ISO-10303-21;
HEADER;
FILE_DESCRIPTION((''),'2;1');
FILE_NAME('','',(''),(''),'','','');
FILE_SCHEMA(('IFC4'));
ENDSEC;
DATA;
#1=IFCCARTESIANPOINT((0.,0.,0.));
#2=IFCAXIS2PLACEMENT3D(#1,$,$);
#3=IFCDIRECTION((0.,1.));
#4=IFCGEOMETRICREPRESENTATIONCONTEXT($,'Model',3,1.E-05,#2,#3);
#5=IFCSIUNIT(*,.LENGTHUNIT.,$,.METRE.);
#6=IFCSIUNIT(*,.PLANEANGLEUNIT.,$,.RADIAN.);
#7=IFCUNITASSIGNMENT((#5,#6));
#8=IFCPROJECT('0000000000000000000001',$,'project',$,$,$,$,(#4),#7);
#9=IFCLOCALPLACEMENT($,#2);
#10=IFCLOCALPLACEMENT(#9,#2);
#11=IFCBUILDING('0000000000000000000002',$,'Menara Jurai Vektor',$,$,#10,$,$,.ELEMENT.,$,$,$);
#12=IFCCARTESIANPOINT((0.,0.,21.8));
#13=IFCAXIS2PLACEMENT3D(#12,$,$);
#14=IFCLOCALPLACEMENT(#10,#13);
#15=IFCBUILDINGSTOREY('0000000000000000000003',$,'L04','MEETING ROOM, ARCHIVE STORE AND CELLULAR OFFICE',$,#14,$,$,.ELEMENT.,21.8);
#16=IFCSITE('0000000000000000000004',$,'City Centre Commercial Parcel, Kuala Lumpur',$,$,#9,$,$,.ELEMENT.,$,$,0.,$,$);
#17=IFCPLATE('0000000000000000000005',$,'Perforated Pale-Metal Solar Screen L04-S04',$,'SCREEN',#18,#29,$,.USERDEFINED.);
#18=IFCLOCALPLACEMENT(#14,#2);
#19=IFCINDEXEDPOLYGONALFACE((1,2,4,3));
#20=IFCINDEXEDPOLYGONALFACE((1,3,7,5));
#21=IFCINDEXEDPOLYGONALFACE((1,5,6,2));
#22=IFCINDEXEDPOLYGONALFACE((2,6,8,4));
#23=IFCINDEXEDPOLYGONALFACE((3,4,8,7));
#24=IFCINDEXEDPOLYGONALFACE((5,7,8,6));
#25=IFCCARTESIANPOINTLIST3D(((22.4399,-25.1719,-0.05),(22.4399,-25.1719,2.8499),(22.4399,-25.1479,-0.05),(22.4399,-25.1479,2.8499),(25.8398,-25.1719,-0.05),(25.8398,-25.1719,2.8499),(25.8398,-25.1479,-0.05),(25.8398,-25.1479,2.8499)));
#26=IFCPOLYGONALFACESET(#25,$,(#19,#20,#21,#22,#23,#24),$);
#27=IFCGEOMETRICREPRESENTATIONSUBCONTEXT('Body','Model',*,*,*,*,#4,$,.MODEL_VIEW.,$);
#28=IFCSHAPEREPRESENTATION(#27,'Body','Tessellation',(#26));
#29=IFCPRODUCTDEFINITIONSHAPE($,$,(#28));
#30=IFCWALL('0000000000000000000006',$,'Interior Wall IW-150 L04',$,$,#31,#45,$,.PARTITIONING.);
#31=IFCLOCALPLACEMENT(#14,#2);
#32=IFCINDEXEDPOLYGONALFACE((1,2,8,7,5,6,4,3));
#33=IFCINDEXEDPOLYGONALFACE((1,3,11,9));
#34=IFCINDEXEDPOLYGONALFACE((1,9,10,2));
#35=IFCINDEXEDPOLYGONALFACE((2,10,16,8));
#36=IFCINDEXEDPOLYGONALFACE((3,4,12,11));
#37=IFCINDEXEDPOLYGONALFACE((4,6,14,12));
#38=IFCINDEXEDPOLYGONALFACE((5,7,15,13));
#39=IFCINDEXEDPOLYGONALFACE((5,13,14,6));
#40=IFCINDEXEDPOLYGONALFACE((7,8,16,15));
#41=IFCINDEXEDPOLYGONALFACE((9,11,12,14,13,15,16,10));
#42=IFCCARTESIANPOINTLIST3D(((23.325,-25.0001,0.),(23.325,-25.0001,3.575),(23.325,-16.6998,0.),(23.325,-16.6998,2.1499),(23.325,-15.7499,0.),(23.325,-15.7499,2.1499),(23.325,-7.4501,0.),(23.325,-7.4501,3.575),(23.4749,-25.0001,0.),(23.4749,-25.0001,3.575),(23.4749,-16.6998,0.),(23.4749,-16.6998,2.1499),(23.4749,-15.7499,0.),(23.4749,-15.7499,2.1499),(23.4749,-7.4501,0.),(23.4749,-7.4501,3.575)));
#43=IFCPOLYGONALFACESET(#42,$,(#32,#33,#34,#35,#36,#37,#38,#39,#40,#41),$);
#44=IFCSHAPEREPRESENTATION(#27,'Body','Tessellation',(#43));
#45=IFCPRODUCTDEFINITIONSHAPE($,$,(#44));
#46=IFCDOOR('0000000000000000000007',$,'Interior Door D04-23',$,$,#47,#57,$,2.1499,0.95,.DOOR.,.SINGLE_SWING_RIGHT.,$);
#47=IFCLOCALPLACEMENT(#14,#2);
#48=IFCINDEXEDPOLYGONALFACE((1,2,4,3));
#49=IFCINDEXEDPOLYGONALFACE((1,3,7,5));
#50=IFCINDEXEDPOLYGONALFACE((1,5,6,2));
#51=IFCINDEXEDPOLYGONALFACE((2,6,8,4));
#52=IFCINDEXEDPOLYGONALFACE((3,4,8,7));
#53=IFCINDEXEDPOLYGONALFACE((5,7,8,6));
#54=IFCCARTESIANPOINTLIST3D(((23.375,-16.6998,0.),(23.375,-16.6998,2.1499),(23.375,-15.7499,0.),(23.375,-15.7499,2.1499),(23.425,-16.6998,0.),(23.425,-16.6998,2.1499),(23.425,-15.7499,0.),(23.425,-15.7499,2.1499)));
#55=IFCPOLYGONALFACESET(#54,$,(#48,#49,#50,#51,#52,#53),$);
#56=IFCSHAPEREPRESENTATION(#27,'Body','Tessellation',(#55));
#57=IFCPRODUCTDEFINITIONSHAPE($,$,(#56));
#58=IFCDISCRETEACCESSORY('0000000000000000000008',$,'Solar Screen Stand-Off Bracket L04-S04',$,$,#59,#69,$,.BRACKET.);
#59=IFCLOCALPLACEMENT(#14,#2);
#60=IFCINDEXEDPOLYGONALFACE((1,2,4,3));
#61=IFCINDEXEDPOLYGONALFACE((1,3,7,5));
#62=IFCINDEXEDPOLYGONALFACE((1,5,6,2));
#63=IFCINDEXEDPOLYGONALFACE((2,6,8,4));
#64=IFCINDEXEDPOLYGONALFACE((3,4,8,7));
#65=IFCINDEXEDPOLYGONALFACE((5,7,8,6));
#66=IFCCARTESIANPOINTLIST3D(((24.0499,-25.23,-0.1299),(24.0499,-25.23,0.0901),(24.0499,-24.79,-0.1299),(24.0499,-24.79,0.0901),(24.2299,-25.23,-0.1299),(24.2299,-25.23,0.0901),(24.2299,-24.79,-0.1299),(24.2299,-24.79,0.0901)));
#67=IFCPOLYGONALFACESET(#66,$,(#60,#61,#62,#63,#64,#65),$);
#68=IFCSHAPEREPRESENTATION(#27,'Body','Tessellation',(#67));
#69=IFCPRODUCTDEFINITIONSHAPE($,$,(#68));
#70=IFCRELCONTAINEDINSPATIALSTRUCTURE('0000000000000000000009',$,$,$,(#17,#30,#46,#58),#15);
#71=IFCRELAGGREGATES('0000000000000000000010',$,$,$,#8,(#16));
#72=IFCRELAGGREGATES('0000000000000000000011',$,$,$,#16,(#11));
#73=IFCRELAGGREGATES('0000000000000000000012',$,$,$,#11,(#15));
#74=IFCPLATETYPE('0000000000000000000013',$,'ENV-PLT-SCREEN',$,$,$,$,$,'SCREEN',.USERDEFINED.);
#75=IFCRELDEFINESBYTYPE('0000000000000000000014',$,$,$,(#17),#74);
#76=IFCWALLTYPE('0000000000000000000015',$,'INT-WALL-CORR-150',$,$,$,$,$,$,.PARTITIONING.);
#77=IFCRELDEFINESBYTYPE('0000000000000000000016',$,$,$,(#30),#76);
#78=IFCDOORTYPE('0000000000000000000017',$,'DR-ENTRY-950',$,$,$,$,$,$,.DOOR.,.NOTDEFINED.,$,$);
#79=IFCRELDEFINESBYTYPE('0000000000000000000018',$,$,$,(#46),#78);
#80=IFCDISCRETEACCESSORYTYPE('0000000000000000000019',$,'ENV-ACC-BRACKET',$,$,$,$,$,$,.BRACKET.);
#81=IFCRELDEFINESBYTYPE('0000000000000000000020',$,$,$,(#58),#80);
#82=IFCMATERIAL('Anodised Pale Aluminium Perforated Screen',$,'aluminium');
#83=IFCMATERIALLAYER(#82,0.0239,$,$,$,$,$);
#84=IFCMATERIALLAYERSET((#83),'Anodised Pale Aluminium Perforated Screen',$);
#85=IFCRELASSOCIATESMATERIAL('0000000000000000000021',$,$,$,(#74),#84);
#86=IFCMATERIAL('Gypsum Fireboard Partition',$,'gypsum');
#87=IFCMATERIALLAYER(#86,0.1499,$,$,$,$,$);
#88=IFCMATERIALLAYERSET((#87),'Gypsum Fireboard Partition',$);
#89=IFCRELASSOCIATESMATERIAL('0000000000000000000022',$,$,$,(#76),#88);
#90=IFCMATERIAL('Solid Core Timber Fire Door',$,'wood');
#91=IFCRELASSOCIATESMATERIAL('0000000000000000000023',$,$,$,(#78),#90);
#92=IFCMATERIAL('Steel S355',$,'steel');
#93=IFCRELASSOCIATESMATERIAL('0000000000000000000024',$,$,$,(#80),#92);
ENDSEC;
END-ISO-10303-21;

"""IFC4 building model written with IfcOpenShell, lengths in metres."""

from ifc_helpers import new_model, si_unit, direction, frame, frame_2d, origin, origin_2d, place, context, subcontext, project, spatial, rectangle, extrude, material, layer, layer_set, type_object, element, fill, save


model = new_model("IFC4")

# Units and contexts
model_context = context("Model", 3, precision=1e-05, world=origin(), true_north=direction((0.0, 1.0)))
body_context = subcontext(model_context, "Body", "Model", "MODEL_VIEW")
ifc_project = project(units=[si_unit("LENGTHUNIT", "METRE"), si_unit("PLANEANGLEUNIT", "RADIAN")], contexts=[model_context])

# Site, building, storey
site_placement = place(None, origin())
site = spatial("IfcSite", under=ifc_project, at=site_placement, Name="City Centre Commercial Parcel, Kuala Lumpur", CompositionType="ELEMENT", RefElevation=0.0)
building_placement = place(site_placement, origin())
building = spatial("IfcBuilding", under=site, at=building_placement, Name="Menara Jurai Vektor", CompositionType="ELEMENT")
storey_placement = place(building_placement, frame((0.0, 0.0, 21.8)))
storey = spatial("IfcBuildingStorey", under=building, at=storey_placement, Name="L04", Description="MEETING ROOM, ARCHIVE STORE AND CELLULAR OFFICE", CompositionType="ELEMENT", Elevation=21.8)

# Shared definitions
ifc_material_1 = material(Name="Steel S355", Category="steel")

# Plate
ifc_material_2 = material(Name="Anodised Pale Aluminium Perforated Screen", Category="aluminium")
ifc_layer_1 = layer(ifc_material_2, 0.0239)
ifc_layer_set_1 = layer_set([ifc_layer_1], Name="Anodised Pale Aluminium Perforated Screen")
plate_type_1 = type_object("IfcPlateType", Name="ENV-PLT-SCREEN", ElementType="SCREEN", PredefinedType="USERDEFINED", material=ifc_layer_set_1)
plate_1_placement = place(storey_placement, frame((24.1399, -25.1599, -0.05), z_axis=(0.0, 0.0, 1.0), x_axis=(1.0, 0.0, 0.0)))
element("IfcPlate", 1, at=plate_1_placement, inside=storey, type_object=plate_type_1, Name="Perforated Pale-Metal Solar Screen L04-S04", ObjectType="SCREEN", PredefinedType="USERDEFINED", context=body_context, shape_type="SweptSolid", body=[
    extrude(rectangle(XDim=3.3999, YDim=0.0239, at=origin_2d()), origin(), (0.0, 0.0, 1.0), 2.8999),
])

# Wall, opening, door
ifc_material_3 = material(Name="Gypsum Fireboard Partition", Category="gypsum")
ifc_layer_2 = layer(ifc_material_3, 0.1499)
ifc_layer_set_2 = layer_set([ifc_layer_2], Name="Gypsum Fireboard Partition")
wall_type = type_object("IfcWallType", Name="INT-WALL-CORR-150", PredefinedType="PARTITIONING", material=ifc_layer_set_2)
wall_placement = place(storey_placement, frame((23.3999, -25.0, 0.0), z_axis=(0.0, 0.0, 1.0), x_axis=(0.0, 1.0, 0.0)))
wall = element("IfcWall", 2, at=wall_placement, inside=storey, type_object=wall_type, Name="Interior Wall IW-150 L04", PredefinedType="PARTITIONING", context=body_context, shape_type="SweptSolid", body=[
    extrude(rectangle(XDim=17.55, YDim=0.1499, at=frame_2d((8.7749, 0.0))), origin(), (0.0, 0.0, 1.0), 3.575),
])
opening_placement = place(wall_placement, frame((8.3, 0.0, 0.0)))
opening = element("IfcOpeningElement", 3, at=opening_placement, cuts=wall, PredefinedType="OPENING", context=body_context, shape_type="SweptSolid", body=[
    extrude(rectangle(XDim=0.95, YDim=2.1499, at=frame_2d((0.4751, 1.075))), frame((0.0, 0.085, 0.0), z_axis=(0.0, -1.0, 0.0), x_axis=(1.0, 0.0, 0.0)), (0.0, 0.0, 1.0), 0.1699),
])
ifc_material_4 = material(Name="Solid Core Timber Fire Door", Category="wood")
door_type = type_object("IfcDoorType", Name="DR-ENTRY-950", OperationType="NOTDEFINED", PredefinedType="DOOR", material=ifc_material_4)
door_placement = place(opening_placement, origin())
door = element("IfcDoor", 4, at=door_placement, inside=storey, type_object=door_type, Name="Interior Door D04-23", OperationType="SINGLE_SWING_RIGHT", OverallHeight=2.1499, OverallWidth=0.95, PredefinedType="DOOR", context=body_context, shape_type="SweptSolid", body=[
    extrude(rectangle(XDim=0.95, YDim=2.1499, at=frame_2d((0.4751, 1.075))), frame((0.0, 0.0249, 0.0), z_axis=(0.0, -1.0, 0.0), x_axis=(1.0, 0.0, 0.0)), (0.0, 0.0, 1.0), 0.05),
])
fill(opening, door)

# Discrete accessory
discrete_accessory_type = type_object("IfcDiscreteAccessoryType", Name="ENV-ACC-BRACKET", PredefinedType="BRACKET", material=ifc_material_1)
discrete_accessory_placement = place(storey_placement, frame((24.1399, -25.01, -0.1299), z_axis=(0.0, 0.0, 1.0), x_axis=(1.0, 0.0, 0.0)))
element("IfcDiscreteAccessory", 5, at=discrete_accessory_placement, inside=storey, type_object=discrete_accessory_type, Name="Solar Screen Stand-Off Bracket L04-S04", PredefinedType="BRACKET", context=body_context, shape_type="SweptSolid", body=[
    extrude(rectangle(XDim=0.1799, YDim=0.4399, at=origin_2d()), origin(), (0.0, 0.0, 1.0), 0.22),
])

save(model, "model.ifc")
